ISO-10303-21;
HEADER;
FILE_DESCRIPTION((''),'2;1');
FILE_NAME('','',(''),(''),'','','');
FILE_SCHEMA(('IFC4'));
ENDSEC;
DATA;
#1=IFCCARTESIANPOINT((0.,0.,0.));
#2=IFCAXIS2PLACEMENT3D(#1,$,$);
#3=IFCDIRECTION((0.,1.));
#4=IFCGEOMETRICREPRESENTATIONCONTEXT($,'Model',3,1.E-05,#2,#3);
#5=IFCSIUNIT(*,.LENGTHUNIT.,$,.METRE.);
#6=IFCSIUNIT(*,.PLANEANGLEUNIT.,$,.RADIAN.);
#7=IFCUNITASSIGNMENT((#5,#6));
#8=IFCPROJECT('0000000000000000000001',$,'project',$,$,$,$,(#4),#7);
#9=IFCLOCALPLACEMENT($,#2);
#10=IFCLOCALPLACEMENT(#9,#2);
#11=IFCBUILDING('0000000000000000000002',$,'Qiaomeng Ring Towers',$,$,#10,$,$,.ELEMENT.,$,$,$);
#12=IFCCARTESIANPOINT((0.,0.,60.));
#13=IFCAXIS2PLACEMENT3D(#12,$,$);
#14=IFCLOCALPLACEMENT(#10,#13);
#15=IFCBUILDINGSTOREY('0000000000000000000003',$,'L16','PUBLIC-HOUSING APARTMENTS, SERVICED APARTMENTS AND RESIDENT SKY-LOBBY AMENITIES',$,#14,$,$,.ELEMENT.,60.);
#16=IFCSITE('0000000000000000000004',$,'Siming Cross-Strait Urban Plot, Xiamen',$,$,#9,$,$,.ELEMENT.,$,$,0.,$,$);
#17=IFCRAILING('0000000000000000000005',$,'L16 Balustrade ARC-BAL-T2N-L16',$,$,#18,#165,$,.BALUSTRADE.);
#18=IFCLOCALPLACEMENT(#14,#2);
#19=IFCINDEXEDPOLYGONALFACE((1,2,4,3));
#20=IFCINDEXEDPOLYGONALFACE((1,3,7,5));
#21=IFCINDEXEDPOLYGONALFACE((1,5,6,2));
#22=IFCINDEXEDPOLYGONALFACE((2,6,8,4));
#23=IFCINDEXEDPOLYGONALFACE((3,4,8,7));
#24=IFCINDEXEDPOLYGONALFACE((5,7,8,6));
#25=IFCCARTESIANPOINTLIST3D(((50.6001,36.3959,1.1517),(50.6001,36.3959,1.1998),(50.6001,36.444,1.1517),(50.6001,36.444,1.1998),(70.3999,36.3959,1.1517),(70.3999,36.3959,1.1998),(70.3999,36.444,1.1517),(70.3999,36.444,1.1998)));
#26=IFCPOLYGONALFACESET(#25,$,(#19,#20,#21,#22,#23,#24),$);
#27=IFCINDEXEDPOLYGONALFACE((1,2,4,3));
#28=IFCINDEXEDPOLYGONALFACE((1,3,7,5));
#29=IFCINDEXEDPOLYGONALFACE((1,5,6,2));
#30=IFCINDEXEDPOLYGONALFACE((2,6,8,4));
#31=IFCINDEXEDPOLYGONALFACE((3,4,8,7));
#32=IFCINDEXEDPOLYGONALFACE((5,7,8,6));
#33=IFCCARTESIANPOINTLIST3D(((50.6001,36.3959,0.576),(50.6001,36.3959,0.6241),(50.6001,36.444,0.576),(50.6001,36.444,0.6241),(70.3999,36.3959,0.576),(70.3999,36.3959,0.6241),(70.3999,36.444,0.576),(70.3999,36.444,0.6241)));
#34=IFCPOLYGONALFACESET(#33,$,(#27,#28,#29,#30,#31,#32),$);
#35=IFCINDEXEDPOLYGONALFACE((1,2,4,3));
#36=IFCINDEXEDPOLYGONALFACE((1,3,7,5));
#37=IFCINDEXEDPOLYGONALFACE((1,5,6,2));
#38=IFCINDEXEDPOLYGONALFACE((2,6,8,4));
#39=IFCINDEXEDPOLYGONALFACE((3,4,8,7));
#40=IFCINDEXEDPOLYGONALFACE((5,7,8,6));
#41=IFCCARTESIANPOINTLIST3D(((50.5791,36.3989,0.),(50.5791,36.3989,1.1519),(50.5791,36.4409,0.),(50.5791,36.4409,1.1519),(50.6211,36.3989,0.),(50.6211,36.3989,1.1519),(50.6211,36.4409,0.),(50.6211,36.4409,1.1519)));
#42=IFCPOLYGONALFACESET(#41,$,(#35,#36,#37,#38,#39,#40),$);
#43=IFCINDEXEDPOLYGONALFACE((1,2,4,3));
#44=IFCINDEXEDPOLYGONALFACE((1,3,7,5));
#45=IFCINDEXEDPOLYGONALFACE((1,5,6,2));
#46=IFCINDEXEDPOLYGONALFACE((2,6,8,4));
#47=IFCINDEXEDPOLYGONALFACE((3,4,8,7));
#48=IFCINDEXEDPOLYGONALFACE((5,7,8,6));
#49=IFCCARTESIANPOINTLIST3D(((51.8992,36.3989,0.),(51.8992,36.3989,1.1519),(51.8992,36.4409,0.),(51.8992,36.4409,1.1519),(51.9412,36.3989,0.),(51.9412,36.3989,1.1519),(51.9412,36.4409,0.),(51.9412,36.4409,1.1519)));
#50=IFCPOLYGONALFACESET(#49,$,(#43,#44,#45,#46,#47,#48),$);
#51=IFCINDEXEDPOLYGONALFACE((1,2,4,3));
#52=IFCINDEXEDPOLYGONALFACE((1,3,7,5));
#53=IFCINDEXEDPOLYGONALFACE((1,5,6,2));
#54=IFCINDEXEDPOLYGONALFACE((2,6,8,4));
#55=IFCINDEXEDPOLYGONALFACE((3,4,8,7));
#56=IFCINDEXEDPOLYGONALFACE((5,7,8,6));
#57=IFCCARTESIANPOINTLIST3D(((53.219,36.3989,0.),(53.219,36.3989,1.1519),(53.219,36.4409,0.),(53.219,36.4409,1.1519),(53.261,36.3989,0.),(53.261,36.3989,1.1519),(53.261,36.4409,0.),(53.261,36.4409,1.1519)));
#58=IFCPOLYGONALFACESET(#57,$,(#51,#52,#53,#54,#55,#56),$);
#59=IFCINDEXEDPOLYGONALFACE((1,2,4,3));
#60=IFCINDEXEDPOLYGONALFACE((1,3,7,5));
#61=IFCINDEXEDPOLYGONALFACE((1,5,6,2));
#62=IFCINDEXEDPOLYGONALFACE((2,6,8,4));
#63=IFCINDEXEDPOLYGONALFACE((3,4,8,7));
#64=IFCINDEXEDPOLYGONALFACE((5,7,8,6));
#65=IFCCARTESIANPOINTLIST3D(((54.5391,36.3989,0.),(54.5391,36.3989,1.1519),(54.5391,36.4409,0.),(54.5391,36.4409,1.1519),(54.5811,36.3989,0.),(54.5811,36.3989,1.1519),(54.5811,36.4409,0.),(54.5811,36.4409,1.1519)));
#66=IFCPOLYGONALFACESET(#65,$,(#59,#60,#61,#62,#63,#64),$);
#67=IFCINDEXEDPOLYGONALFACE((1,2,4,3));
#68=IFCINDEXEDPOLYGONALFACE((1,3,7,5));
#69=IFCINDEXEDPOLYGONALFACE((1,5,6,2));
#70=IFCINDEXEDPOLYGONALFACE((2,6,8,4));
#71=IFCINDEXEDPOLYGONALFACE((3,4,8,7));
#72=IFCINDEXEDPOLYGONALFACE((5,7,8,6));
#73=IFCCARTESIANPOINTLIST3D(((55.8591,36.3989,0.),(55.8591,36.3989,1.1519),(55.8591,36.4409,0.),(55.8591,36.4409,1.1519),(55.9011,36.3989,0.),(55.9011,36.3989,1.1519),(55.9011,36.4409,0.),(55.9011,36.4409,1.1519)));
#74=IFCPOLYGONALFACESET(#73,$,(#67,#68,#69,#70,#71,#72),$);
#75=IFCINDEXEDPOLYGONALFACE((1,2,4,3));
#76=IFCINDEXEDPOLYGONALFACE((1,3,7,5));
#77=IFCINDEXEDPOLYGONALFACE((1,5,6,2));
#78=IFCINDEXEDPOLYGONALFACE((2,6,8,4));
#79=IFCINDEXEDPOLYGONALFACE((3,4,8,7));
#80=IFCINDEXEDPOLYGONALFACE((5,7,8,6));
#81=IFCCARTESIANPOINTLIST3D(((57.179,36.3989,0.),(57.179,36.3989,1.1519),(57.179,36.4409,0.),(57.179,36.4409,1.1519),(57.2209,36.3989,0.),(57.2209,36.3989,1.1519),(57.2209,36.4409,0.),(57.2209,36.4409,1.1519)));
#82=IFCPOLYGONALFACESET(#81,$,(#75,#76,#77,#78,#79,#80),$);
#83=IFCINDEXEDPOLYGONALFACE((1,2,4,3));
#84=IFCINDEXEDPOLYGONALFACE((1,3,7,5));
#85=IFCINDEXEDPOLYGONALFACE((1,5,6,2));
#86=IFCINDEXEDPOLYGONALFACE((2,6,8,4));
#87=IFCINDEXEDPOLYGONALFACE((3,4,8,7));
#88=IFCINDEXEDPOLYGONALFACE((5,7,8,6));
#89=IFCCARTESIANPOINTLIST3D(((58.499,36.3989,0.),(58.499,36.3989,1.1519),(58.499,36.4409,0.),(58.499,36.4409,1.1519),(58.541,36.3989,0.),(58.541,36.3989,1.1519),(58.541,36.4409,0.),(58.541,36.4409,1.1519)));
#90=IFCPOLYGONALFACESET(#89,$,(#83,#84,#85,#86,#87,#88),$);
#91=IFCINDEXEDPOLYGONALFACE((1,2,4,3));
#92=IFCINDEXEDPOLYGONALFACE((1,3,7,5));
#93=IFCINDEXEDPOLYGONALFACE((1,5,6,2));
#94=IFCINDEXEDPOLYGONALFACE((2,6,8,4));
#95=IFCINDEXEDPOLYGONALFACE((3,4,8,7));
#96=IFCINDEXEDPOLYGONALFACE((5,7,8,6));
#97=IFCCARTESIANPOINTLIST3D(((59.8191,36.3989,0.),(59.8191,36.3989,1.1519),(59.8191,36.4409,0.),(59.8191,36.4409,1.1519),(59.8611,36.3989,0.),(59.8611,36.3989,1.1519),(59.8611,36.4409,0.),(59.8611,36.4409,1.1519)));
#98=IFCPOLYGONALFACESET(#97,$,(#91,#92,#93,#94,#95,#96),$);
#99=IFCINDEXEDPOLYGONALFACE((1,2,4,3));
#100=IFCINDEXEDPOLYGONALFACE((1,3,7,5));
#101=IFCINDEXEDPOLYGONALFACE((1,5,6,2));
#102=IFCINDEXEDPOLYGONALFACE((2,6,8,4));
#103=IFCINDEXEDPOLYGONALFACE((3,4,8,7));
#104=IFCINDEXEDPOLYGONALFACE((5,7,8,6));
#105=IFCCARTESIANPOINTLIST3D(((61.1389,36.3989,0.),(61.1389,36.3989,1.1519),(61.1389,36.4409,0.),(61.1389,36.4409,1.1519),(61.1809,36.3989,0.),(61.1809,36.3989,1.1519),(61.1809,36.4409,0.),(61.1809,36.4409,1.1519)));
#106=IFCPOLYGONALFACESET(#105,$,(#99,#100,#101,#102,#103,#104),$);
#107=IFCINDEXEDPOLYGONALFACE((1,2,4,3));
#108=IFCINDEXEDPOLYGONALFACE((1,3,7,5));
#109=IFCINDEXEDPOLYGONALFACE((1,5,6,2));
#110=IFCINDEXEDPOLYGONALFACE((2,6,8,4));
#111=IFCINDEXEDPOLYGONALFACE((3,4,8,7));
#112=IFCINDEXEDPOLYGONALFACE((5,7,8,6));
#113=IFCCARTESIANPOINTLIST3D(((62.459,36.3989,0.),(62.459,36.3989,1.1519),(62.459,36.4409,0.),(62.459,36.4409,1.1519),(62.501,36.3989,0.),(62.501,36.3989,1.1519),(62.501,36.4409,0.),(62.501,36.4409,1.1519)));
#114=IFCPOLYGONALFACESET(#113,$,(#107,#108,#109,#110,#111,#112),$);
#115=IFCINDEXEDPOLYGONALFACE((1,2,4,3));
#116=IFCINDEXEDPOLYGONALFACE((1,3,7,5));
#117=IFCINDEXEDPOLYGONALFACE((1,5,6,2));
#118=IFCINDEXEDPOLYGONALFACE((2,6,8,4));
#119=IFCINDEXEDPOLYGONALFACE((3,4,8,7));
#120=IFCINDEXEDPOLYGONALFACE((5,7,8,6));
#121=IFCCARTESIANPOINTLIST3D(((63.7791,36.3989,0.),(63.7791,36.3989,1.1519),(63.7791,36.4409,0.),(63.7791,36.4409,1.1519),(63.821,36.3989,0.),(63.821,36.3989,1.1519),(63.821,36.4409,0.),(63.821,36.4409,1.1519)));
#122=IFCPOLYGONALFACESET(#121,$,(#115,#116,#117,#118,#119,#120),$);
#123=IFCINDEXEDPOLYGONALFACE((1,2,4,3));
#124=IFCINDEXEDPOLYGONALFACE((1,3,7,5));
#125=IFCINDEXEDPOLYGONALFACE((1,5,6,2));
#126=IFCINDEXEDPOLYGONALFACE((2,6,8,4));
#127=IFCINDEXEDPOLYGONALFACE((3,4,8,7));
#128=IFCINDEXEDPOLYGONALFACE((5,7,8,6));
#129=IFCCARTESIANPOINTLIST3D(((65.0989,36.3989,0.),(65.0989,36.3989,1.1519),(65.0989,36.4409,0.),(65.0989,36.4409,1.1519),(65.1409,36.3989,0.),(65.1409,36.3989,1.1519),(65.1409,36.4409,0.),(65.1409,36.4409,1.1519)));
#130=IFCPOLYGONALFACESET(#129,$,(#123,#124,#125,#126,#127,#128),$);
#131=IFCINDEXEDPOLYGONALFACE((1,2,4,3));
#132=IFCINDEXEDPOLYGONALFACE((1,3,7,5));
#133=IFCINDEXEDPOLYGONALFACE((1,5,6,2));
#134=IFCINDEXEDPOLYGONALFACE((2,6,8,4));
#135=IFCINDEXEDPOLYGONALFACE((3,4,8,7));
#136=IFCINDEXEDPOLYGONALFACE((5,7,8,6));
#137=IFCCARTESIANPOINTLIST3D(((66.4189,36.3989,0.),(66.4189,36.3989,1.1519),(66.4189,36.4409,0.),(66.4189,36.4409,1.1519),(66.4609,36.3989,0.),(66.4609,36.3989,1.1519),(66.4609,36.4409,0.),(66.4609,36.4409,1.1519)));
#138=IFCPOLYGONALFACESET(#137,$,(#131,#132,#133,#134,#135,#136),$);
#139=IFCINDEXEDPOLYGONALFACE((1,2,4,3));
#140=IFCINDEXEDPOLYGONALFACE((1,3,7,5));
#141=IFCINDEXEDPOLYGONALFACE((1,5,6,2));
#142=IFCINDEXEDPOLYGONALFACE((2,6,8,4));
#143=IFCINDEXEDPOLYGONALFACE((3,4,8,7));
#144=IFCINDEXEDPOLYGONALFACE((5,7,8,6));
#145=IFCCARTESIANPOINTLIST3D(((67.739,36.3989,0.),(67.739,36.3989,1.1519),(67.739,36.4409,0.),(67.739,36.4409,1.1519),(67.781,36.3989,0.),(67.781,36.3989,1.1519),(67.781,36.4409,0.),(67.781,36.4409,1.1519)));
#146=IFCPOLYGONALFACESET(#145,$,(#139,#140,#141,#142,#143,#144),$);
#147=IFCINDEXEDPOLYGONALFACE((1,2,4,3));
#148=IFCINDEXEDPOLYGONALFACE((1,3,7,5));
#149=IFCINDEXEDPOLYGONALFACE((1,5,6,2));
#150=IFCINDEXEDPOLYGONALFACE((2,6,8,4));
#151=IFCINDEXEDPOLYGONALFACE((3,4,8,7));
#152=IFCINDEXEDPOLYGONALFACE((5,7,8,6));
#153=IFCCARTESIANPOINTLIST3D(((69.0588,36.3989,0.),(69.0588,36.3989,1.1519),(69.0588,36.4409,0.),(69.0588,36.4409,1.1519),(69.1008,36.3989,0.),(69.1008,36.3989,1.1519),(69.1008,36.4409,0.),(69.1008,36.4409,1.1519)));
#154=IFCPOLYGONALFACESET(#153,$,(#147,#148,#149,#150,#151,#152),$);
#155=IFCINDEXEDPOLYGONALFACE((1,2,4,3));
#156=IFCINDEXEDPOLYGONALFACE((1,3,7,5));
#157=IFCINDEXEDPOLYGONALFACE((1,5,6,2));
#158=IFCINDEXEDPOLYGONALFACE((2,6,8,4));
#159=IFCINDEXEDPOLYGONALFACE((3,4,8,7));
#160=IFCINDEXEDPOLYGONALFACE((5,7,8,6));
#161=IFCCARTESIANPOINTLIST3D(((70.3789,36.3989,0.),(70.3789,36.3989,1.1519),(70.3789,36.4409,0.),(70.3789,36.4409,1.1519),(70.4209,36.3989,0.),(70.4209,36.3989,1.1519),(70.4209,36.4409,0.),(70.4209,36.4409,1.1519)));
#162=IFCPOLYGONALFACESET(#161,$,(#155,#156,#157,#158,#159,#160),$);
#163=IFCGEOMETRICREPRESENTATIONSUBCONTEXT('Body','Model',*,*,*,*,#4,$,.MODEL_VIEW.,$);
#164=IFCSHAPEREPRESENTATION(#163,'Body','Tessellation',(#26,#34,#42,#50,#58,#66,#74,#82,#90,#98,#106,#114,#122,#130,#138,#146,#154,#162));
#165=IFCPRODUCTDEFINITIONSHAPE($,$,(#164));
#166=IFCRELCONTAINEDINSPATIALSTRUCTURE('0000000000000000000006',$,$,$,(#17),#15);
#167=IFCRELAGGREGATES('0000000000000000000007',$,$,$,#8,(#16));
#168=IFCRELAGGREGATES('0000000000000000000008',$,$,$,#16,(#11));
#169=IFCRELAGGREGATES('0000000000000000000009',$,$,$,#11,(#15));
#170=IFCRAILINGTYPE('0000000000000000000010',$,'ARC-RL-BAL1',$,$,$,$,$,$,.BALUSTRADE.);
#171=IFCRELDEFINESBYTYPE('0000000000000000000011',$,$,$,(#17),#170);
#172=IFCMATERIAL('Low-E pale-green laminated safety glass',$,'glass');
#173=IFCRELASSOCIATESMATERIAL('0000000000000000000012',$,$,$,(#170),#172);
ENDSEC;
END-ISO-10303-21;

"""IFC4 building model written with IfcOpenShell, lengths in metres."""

from ifc_helpers import new_model, si_unit, direction, frame, origin, origin_2d, place, context, subcontext, project, spatial, rectangle, extrude, material, type_object, element, save


model = new_model("IFC4")

# Units and contexts
model_context = context("Model", 3, precision=1e-05, world=origin(), true_north=direction((0.0, 1.0)))
body_context = subcontext(model_context, "Body", "Model", "MODEL_VIEW")
ifc_project = project(units=[si_unit("LENGTHUNIT", "METRE"), si_unit("PLANEANGLEUNIT", "RADIAN")], contexts=[model_context])

# Site, building, storey
site_placement = place(None, origin())
site = spatial("IfcSite", under=ifc_project, at=site_placement, Name="Siming Cross-Strait Urban Plot, Xiamen", CompositionType="ELEMENT", RefElevation=0.0)
building_placement = place(site_placement, origin())
building = spatial("IfcBuilding", under=site, at=building_placement, Name="Qiaomeng Ring Towers", CompositionType="ELEMENT")
storey_placement = place(building_placement, frame((0.0, 0.0, 60.0)))
storey = spatial("IfcBuildingStorey", under=building, at=storey_placement, Name="L16", Description="PUBLIC-HOUSING APARTMENTS, SERVICED APARTMENTS AND RESIDENT SKY-LOBBY AMENITIES", CompositionType="ELEMENT", Elevation=60.0)

# Railing
ifc_material_1 = material(Name="Low-E pale-green laminated safety glass", Category="glass")
railing_type = type_object("IfcRailingType", Name="ARC-RL-BAL1", PredefinedType="BALUSTRADE", material=ifc_material_1)
railing_1_placement = place(storey_placement, frame((50.6001, 36.4199, 0.0)))
element("IfcRailing", 1, at=railing_1_placement, inside=storey, type_object=railing_type, Name="L16 Balustrade ARC-BAL-T2N-L16", PredefinedType="BALUSTRADE", context=body_context, shape_type="SweptSolid", body=[
    extrude(rectangle(XDim=0.0481, YDim=0.0481, at=origin_2d()), frame((0.0, 0.0, 1.1758), z_axis=(1.0, 0.0, 0.0), x_axis=(0.0, 1.0, 0.0)), (0.0, 0.0, 1.0), 19.7998),
    extrude(rectangle(XDim=0.0481, YDim=0.0481, at=origin_2d()), frame((0.0, 0.0, 0.6001), z_axis=(1.0, 0.0, 0.0), x_axis=(0.0, 1.0, 0.0)), (0.0, 0.0, 1.0), 19.7998),
    extrude(rectangle(XDim=0.042, YDim=0.042, at=origin_2d()), origin(), (0.0, 0.0, 1.0), 1.1519),
    extrude(rectangle(XDim=0.042, YDim=0.042, at=origin_2d()), frame((1.3201, 0.0, 0.0)), (0.0, 0.0, 1.0), 1.1519),
    extrude(rectangle(XDim=0.042, YDim=0.042, at=origin_2d()), frame((2.6399, 0.0, 0.0)), (0.0, 0.0, 1.0), 1.1519),
    extrude(rectangle(XDim=0.042, YDim=0.042, at=origin_2d()), frame((3.96, 0.0, 0.0)), (0.0, 0.0, 1.0), 1.1519),
    extrude(rectangle(XDim=0.042, YDim=0.042, at=origin_2d()), frame((5.28, 0.0, 0.0)), (0.0, 0.0, 1.0), 1.1519),
    extrude(rectangle(XDim=0.042, YDim=0.042, at=origin_2d()), frame((6.5999, 0.0, 0.0)), (0.0, 0.0, 1.0), 1.1519),
    extrude(rectangle(XDim=0.042, YDim=0.042, at=origin_2d()), frame((7.9199, 0.0, 0.0)), (0.0, 0.0, 1.0), 1.1519),
    extrude(rectangle(XDim=0.042, YDim=0.042, at=origin_2d()), frame((9.24, 0.0, 0.0)), (0.0, 0.0, 1.0), 1.1519),
    extrude(rectangle(XDim=0.042, YDim=0.042, at=origin_2d()), frame((10.5598, 0.0, 0.0)), (0.0, 0.0, 1.0), 1.1519),
    extrude(rectangle(XDim=0.042, YDim=0.042, at=origin_2d()), frame((11.8799, 0.0, 0.0)), (0.0, 0.0, 1.0), 1.1519),
    extrude(rectangle(XDim=0.042, YDim=0.042, at=origin_2d()), frame((13.2, 0.0, 0.0)), (0.0, 0.0, 1.0), 1.1519),
    extrude(rectangle(XDim=0.042, YDim=0.042, at=origin_2d()), frame((14.5198, 0.0, 0.0)), (0.0, 0.0, 1.0), 1.1519),
    extrude(rectangle(XDim=0.042, YDim=0.042, at=origin_2d()), frame((15.8398, 0.0, 0.0)), (0.0, 0.0, 1.0), 1.1519),
    extrude(rectangle(XDim=0.042, YDim=0.042, at=origin_2d()), frame((17.1599, 0.0, 0.0)), (0.0, 0.0, 1.0), 1.1519),
    extrude(rectangle(XDim=0.042, YDim=0.042, at=origin_2d()), frame((18.4797, 0.0, 0.0)), (0.0, 0.0, 1.0), 1.1519),
    extrude(rectangle(XDim=0.042, YDim=0.042, at=origin_2d()), frame((19.7998, 0.0, 0.0)), (0.0, 0.0, 1.0), 1.1519),
])

save(model, "model.ifc")
